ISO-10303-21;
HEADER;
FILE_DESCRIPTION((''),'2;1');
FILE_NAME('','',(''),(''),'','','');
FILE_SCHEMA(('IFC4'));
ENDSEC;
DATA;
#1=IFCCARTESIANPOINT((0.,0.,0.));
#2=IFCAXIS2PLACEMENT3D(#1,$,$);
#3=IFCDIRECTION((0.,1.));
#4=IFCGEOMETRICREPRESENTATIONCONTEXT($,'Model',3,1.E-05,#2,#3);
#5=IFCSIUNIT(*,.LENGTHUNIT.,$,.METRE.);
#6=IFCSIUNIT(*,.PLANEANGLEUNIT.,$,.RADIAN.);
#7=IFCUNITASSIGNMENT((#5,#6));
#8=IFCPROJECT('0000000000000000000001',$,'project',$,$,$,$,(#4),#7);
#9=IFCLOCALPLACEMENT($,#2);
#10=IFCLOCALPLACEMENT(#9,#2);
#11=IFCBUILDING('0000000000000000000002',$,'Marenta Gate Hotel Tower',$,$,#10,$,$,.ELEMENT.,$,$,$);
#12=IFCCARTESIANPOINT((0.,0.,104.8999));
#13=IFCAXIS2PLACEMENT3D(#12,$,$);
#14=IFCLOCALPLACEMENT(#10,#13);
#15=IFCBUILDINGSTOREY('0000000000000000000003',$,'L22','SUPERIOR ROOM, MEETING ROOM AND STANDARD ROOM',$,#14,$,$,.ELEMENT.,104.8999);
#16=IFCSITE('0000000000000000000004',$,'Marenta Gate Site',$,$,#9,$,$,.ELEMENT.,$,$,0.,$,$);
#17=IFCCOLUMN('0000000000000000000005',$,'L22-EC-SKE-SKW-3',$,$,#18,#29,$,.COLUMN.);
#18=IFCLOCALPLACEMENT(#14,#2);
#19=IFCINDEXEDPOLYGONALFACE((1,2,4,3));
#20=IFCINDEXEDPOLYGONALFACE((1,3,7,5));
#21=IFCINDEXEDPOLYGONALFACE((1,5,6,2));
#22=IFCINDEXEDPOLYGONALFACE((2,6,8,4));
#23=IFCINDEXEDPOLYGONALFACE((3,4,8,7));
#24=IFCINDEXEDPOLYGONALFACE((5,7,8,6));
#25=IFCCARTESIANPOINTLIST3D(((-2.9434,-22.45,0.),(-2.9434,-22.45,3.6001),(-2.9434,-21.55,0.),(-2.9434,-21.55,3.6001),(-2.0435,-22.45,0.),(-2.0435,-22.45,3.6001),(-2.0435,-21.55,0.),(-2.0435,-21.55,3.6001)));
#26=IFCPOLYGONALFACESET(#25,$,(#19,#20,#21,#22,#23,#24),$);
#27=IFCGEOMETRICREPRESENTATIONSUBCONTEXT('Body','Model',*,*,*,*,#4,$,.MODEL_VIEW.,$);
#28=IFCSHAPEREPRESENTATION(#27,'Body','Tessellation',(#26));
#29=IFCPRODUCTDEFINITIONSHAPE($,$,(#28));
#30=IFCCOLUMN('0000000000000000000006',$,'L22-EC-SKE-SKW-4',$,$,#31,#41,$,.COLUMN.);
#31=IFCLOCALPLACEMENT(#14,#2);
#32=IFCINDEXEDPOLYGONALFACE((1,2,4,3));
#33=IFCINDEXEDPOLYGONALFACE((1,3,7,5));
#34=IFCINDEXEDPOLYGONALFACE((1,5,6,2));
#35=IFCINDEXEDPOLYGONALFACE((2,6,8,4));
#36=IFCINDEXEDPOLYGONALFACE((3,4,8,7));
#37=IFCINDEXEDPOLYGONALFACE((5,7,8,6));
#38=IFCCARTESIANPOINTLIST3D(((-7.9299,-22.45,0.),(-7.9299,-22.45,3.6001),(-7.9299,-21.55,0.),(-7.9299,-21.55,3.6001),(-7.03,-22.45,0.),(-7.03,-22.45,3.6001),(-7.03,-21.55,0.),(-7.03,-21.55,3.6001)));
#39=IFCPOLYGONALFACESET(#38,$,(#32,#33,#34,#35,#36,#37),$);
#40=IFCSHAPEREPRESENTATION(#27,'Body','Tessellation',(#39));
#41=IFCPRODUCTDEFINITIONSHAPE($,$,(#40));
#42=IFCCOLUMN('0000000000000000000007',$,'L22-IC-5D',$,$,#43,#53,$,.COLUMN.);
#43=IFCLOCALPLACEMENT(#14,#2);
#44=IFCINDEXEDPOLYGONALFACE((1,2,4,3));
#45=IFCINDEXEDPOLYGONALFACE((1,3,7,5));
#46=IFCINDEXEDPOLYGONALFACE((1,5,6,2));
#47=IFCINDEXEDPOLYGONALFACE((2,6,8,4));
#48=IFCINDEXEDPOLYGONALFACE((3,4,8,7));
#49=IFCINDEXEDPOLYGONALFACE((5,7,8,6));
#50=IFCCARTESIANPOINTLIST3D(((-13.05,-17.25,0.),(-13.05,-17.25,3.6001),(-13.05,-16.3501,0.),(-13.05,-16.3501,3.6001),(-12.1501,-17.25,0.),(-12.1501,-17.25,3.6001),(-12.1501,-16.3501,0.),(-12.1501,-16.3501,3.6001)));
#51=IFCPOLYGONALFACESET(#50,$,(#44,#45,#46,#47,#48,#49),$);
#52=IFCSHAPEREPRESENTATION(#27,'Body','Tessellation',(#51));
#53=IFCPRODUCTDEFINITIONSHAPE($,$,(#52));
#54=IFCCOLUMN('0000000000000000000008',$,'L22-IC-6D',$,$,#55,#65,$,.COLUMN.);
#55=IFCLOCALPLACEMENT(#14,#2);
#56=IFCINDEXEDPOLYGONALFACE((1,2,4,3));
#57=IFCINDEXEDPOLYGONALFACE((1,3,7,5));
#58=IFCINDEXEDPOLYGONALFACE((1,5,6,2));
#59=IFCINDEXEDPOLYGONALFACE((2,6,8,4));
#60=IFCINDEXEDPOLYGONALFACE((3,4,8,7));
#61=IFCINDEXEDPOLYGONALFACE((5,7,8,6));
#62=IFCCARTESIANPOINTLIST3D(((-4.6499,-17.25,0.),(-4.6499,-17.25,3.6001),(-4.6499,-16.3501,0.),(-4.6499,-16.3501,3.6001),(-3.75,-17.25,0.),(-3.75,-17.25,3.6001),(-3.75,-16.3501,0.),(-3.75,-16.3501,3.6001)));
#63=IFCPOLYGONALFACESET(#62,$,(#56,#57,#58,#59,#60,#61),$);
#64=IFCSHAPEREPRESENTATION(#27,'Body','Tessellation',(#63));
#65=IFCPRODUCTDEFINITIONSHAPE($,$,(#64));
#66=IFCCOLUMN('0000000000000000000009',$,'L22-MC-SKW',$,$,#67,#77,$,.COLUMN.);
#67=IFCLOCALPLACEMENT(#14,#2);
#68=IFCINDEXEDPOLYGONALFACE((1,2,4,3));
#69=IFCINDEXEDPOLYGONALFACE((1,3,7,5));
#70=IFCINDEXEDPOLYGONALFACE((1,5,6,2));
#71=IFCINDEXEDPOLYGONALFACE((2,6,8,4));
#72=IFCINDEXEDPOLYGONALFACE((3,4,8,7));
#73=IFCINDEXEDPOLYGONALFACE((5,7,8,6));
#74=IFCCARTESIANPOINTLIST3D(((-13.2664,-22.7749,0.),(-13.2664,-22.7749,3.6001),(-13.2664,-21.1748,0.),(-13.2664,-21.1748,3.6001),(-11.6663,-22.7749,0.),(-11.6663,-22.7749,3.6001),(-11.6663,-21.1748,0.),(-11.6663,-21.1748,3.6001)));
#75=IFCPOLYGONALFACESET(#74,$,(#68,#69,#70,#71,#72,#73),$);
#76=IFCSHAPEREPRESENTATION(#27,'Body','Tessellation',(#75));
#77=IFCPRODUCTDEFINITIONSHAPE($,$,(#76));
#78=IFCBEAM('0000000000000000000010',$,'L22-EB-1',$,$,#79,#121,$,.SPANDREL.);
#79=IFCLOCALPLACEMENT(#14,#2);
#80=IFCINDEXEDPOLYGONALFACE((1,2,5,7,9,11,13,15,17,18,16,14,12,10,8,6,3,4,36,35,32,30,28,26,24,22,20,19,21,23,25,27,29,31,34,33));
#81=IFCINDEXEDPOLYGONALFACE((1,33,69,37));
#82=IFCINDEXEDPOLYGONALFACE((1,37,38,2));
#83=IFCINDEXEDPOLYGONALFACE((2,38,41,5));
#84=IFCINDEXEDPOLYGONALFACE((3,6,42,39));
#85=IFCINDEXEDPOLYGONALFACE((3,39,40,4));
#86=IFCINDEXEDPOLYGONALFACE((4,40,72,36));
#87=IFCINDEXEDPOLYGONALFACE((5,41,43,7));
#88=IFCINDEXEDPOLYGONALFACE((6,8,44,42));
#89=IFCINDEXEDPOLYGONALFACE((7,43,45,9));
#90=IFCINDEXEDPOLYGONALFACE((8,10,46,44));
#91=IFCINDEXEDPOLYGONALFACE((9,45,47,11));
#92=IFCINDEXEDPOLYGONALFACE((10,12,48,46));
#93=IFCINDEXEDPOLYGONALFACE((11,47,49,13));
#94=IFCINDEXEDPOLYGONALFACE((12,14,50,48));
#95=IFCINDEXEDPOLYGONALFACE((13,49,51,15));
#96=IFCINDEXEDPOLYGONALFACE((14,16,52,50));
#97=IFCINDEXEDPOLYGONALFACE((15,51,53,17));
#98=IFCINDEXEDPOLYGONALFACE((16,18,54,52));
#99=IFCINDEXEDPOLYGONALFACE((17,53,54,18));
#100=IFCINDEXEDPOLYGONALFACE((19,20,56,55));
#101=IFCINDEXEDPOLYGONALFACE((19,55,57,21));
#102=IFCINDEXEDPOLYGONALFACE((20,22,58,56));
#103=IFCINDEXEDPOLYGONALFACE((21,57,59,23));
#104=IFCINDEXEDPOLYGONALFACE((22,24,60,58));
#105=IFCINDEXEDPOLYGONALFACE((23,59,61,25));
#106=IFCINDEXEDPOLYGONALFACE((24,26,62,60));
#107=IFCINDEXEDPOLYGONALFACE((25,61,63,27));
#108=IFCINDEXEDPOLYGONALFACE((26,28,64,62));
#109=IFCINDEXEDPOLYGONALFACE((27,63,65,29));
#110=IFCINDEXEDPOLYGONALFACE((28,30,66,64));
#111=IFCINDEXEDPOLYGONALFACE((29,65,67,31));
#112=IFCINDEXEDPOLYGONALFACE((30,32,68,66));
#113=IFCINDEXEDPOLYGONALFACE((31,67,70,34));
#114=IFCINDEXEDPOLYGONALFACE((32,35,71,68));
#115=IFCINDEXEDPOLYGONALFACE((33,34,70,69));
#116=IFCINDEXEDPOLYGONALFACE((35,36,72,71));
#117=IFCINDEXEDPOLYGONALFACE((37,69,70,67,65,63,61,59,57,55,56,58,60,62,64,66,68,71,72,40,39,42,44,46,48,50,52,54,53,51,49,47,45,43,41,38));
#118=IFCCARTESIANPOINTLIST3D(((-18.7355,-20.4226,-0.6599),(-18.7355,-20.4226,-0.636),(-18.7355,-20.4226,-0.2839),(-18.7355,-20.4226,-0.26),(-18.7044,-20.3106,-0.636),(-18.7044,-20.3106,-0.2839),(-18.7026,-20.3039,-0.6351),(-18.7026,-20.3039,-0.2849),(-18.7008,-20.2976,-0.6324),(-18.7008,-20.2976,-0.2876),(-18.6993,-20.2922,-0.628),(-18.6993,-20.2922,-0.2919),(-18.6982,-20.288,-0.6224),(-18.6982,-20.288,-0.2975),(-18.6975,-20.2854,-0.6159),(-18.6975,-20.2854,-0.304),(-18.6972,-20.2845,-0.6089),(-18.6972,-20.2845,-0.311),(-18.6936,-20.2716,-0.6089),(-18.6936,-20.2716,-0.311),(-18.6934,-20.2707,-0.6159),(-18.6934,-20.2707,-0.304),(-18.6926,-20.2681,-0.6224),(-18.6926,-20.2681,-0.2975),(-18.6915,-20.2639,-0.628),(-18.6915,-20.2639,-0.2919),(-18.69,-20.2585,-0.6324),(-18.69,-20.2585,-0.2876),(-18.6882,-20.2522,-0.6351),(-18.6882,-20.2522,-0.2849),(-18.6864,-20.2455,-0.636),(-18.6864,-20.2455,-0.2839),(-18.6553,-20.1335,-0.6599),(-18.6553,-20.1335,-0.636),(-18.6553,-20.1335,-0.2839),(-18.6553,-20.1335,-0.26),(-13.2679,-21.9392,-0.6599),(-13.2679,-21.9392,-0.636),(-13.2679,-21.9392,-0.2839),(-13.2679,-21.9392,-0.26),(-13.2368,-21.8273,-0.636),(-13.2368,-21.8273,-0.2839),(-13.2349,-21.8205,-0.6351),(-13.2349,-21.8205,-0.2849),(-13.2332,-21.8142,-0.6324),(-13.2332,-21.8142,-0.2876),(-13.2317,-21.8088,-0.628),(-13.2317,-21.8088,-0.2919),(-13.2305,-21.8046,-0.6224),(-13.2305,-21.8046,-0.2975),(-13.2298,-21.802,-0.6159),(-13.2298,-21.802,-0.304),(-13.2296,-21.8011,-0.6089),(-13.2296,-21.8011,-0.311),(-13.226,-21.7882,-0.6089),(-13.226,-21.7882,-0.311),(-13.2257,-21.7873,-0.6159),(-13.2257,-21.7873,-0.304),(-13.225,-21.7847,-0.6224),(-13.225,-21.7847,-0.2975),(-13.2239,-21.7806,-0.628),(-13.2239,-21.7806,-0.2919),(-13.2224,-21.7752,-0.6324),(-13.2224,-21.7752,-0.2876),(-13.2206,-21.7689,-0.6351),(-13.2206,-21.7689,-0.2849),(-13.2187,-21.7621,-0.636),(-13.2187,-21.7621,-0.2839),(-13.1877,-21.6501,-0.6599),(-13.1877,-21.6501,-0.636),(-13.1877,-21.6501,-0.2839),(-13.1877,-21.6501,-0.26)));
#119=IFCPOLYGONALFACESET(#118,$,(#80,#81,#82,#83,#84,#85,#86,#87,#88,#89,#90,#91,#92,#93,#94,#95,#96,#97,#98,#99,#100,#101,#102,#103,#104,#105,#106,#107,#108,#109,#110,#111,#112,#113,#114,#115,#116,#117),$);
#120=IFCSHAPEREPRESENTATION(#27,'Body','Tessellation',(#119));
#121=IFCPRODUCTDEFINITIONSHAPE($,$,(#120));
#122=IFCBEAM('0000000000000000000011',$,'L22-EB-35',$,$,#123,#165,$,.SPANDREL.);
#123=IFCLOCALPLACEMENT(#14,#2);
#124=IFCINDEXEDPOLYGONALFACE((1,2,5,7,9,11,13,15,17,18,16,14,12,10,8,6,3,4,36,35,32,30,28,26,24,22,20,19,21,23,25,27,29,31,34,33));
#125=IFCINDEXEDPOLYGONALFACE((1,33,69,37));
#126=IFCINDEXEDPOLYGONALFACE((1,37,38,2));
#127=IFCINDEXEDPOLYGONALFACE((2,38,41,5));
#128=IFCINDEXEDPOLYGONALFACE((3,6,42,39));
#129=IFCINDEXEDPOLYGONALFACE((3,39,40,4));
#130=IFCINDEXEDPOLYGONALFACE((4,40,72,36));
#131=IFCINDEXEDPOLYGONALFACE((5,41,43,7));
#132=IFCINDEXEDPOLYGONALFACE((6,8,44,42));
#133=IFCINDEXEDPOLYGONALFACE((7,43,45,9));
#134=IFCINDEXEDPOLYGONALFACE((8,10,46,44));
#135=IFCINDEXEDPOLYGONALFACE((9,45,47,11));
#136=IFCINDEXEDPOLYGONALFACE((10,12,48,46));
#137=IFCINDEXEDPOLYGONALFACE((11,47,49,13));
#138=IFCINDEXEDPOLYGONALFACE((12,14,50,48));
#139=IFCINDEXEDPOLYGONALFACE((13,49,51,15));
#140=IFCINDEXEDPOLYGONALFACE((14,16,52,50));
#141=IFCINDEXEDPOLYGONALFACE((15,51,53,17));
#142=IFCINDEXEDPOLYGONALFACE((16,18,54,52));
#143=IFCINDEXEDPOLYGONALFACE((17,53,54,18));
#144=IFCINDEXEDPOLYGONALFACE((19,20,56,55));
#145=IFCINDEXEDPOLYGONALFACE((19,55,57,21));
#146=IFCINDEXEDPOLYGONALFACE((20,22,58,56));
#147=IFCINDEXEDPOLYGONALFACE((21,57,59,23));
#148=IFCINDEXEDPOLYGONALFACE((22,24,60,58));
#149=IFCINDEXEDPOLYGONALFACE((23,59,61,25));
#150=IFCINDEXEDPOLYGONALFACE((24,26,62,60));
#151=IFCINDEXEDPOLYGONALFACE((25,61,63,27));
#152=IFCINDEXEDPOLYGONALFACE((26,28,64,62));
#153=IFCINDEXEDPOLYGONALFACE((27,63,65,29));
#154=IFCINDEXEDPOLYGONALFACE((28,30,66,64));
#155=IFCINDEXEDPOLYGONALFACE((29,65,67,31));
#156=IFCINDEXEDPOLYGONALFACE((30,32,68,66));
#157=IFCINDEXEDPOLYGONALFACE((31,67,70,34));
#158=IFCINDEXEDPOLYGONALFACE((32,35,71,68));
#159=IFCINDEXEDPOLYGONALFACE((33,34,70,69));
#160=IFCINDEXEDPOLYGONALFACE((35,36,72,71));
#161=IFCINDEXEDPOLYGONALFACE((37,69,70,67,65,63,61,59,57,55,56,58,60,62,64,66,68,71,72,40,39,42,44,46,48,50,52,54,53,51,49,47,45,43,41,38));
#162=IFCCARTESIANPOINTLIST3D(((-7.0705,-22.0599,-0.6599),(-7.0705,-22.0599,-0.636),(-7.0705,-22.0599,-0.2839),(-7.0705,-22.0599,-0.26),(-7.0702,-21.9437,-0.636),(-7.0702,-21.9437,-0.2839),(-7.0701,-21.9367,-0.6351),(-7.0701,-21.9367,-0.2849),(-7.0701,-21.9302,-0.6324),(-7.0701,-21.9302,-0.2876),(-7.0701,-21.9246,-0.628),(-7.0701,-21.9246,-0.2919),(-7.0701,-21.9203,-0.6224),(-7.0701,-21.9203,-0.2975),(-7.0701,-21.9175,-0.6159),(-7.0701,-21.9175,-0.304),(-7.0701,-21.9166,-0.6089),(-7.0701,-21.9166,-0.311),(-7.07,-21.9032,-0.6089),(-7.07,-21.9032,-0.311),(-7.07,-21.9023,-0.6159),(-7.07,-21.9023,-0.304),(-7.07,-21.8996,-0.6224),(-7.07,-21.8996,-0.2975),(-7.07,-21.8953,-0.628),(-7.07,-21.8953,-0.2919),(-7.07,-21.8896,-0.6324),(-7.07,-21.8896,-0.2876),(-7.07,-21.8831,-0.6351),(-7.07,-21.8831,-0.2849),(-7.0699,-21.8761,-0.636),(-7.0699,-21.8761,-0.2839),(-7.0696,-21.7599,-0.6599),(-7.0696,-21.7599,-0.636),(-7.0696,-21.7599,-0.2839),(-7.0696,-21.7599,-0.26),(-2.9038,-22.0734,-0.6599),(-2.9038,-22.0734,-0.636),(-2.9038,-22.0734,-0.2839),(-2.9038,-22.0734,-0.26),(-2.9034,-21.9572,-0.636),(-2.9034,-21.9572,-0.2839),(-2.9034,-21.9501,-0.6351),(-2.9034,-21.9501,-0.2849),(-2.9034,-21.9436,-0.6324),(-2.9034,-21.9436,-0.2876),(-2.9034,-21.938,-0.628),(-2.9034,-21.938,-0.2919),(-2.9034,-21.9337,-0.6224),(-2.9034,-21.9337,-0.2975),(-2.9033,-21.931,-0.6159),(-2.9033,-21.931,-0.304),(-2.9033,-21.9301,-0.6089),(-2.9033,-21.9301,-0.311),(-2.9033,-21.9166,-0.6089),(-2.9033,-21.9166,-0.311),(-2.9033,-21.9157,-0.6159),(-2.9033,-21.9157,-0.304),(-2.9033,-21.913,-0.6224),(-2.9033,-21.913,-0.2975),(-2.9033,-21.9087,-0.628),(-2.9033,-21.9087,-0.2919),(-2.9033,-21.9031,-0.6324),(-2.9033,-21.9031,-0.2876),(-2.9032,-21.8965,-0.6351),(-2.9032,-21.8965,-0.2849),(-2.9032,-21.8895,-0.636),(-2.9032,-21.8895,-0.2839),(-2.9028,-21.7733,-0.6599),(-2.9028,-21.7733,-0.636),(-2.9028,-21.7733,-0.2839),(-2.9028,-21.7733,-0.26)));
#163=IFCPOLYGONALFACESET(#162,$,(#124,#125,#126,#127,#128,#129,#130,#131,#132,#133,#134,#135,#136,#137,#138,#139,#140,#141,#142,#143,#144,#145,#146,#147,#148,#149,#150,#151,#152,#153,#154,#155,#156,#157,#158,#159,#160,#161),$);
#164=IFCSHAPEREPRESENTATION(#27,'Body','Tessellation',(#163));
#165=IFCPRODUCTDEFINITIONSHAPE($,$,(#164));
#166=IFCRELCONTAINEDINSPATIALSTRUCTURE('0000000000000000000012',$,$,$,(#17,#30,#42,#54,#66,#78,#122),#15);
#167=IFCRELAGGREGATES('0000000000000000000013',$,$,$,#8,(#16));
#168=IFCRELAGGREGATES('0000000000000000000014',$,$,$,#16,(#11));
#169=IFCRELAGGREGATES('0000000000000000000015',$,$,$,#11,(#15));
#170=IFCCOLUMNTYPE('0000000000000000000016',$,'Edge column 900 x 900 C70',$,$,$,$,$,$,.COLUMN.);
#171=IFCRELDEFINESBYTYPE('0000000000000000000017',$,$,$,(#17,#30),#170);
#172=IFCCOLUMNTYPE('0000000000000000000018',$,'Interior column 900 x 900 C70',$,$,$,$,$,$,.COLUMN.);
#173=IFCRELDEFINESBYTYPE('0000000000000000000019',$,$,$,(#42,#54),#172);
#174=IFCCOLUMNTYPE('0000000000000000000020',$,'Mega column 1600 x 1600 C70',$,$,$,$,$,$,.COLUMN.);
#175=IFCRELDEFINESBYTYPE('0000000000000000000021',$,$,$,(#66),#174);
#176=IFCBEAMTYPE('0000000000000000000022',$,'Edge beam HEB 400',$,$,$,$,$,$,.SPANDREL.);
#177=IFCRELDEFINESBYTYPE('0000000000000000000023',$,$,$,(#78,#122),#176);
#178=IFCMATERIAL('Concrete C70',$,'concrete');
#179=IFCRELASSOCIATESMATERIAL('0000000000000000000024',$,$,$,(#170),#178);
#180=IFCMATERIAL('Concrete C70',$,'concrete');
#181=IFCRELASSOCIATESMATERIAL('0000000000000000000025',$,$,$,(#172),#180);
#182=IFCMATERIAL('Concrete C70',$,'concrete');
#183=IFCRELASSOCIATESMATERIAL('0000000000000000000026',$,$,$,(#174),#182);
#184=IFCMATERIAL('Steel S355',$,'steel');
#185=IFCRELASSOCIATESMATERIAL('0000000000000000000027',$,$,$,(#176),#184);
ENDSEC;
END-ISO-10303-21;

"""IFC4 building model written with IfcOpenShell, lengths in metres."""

from ifc_helpers import new_model, si_unit, direction, frame, origin, origin_2d, place, context, subcontext, project, spatial, rectangle, i_section, extrude, material, material_profile, profile_set, type_object, element, save


model = new_model("IFC4")

# Units and contexts
model_context = context("Model", 3, precision=1e-05, world=origin(), true_north=direction((0.0, 1.0)))
body_context = subcontext(model_context, "Body", "Model", "MODEL_VIEW")
ifc_project = project(units=[si_unit("LENGTHUNIT", "METRE"), si_unit("PLANEANGLEUNIT", "RADIAN")], contexts=[model_context])

# Site, building, storey
site_placement = place(None, origin())
site = spatial("IfcSite", under=ifc_project, at=site_placement, Name="Marenta Gate Site", CompositionType="ELEMENT", RefElevation=0.0)
building_placement = place(site_placement, origin())
building = spatial("IfcBuilding", under=site, at=building_placement, Name="Marenta Gate Hotel Tower", CompositionType="ELEMENT")
storey_placement = place(building_placement, frame((0.0, 0.0, 104.8999)))
storey = spatial("IfcBuildingStorey", under=building, at=storey_placement, Name="L22", Description="SUPERIOR ROOM, MEETING ROOM AND STANDARD ROOM", CompositionType="ELEMENT", Elevation=104.8999)

# Columns
ifc_material_1 = material(Name="Concrete C70", Category="concrete")
ifc_material_profile_1 = material_profile(ifc_material_1, rectangle(XDim=0.8999, YDim=0.8999, at=origin_2d()), Name="900 x 900")
ifc_profile_set_1 = profile_set([ifc_material_profile_1], Name="Concrete C70")
column_type_1 = type_object("IfcColumnType", Name="Edge column 900 x 900 C70", PredefinedType="COLUMN", material=ifc_profile_set_1)
for number, where, z_axis, x_axis, name in (
    (1, (-2.4934, -22.0, 0.0), (0.0, 0.0, 1.0), (1.0, 0.0, 0.0), "L22-EC-SKE-SKW-3"),
    (2, (-7.48, -22.0, 0.0), (0.0, 0.0, 1.0), (1.0, 0.0, 0.0), "L22-EC-SKE-SKW-4"),
):
    element("IfcColumn", number, at=place(storey_placement, frame(where, z_axis=z_axis, x_axis=x_axis)), inside=storey, type_object=column_type_1, Name=name, PredefinedType="COLUMN", context=body_context, shape_type="SweptSolid", body=[
        extrude(rectangle(XDim=0.8999, YDim=0.8999, at=origin_2d()), origin(), (0.0, 0.0, 1.0), 3.6001),
    ])
ifc_material_2 = material(Name="Concrete C70", Category="concrete")
ifc_material_profile_2 = material_profile(ifc_material_2, rectangle(XDim=0.8999, YDim=0.8999, at=origin_2d()), Name="900 x 900")
ifc_profile_set_2 = profile_set([ifc_material_profile_2], Name="Concrete C70")
column_type_2 = type_object("IfcColumnType", Name="Interior column 900 x 900 C70", PredefinedType="COLUMN", material=ifc_profile_set_2)
for number, where, z_axis, x_axis, name in (
    (3, (-12.6001, -16.8, 0.0), (0.0, 0.0, 1.0), (1.0, 0.0, 0.0), "L22-IC-5D"),
    (4, (-4.2, -16.8, 0.0), (0.0, 0.0, 1.0), (1.0, 0.0, 0.0), "L22-IC-6D"),
):
    element("IfcColumn", number, at=place(storey_placement, frame(where, z_axis=z_axis, x_axis=x_axis)), inside=storey, type_object=column_type_2, Name=name, PredefinedType="COLUMN", context=body_context, shape_type="SweptSolid", body=[
        extrude(rectangle(XDim=0.8999, YDim=0.8999, at=origin_2d()), origin(), (0.0, 0.0, 1.0), 3.6001),
    ])
ifc_material_3 = material(Name="Concrete C70", Category="concrete")
ifc_material_profile_3 = material_profile(ifc_material_3, rectangle(XDim=1.6001, YDim=1.6001, at=origin_2d()), Name="1600 x 1600")
ifc_profile_set_3 = profile_set([ifc_material_profile_3], Name="Concrete C70")
column_type_3 = type_object("IfcColumnType", Name="Mega column 1600 x 1600 C70", PredefinedType="COLUMN", material=ifc_profile_set_3)
column_placement = place(storey_placement, frame((-12.4663, -21.9749, 0.0), z_axis=(0.0, 0.0, 1.0), x_axis=(1.0, 0.0, 0.0)))
element("IfcColumn", 5, at=column_placement, inside=storey, type_object=column_type_3, Name="L22-MC-SKW", PredefinedType="COLUMN", context=body_context, shape_type="SweptSolid", body=[
    extrude(rectangle(XDim=1.6001, YDim=1.6001, at=origin_2d()), origin(), (0.0, 0.0, 1.0), 3.6001),
])

# Beams
ifc_material_4 = material(Name="Steel S355", Category="steel")
ifc_material_profile_4 = material_profile(ifc_material_4, i_section(OverallWidth=0.3, OverallDepth=0.3999, WebThickness=0.0134, FlangeThickness=0.0239, FilletRadius=0.0271, at=origin_2d()), Name="HEB 400")
ifc_profile_set_4 = profile_set([ifc_material_profile_4], Name="Steel S355")
beam_type_1 = type_object("IfcBeamType", Name="Edge beam HEB 400", PredefinedType="SPANDREL", material=ifc_profile_set_4)
beam_1_placement = place(storey_placement, frame((-13.2278, -21.7947, -0.46), z_axis=(-0.963616, 0.267291, 0.0), x_axis=(-0.267291, -0.963616, 0.0)))
element("IfcBeam", 6, at=beam_1_placement, inside=storey, type_object=beam_type_1, Name="L22-EB-1", PredefinedType="SPANDREL", context=body_context, shape_type="SweptSolid", body=[
    extrude(i_section(OverallWidth=0.3, OverallDepth=0.3999, WebThickness=0.0134, FlangeThickness=0.0239, FilletRadius=0.0271, at=origin_2d()), origin(), (0.0, 0.0, 1.0), 5.6741),
])
beam_2_placement = place(storey_placement, frame((-2.9033, -21.9233, -0.46), z_axis=(-0.999995, 0.003223, 0.0), x_axis=(-0.003223, -0.999995, 0.0)))
element("IfcBeam", 7, at=beam_2_placement, inside=storey, type_object=beam_type_1, Name="L22-EB-35", PredefinedType="SPANDREL", context=body_context, shape_type="SweptSolid", body=[
    extrude(i_section(OverallWidth=0.3, OverallDepth=0.3999, WebThickness=0.0134, FlangeThickness=0.0239, FilletRadius=0.0271, at=origin_2d()), origin(), (0.0, 0.0, 1.0), 4.1667),
])

save(model, "model.ifc")
